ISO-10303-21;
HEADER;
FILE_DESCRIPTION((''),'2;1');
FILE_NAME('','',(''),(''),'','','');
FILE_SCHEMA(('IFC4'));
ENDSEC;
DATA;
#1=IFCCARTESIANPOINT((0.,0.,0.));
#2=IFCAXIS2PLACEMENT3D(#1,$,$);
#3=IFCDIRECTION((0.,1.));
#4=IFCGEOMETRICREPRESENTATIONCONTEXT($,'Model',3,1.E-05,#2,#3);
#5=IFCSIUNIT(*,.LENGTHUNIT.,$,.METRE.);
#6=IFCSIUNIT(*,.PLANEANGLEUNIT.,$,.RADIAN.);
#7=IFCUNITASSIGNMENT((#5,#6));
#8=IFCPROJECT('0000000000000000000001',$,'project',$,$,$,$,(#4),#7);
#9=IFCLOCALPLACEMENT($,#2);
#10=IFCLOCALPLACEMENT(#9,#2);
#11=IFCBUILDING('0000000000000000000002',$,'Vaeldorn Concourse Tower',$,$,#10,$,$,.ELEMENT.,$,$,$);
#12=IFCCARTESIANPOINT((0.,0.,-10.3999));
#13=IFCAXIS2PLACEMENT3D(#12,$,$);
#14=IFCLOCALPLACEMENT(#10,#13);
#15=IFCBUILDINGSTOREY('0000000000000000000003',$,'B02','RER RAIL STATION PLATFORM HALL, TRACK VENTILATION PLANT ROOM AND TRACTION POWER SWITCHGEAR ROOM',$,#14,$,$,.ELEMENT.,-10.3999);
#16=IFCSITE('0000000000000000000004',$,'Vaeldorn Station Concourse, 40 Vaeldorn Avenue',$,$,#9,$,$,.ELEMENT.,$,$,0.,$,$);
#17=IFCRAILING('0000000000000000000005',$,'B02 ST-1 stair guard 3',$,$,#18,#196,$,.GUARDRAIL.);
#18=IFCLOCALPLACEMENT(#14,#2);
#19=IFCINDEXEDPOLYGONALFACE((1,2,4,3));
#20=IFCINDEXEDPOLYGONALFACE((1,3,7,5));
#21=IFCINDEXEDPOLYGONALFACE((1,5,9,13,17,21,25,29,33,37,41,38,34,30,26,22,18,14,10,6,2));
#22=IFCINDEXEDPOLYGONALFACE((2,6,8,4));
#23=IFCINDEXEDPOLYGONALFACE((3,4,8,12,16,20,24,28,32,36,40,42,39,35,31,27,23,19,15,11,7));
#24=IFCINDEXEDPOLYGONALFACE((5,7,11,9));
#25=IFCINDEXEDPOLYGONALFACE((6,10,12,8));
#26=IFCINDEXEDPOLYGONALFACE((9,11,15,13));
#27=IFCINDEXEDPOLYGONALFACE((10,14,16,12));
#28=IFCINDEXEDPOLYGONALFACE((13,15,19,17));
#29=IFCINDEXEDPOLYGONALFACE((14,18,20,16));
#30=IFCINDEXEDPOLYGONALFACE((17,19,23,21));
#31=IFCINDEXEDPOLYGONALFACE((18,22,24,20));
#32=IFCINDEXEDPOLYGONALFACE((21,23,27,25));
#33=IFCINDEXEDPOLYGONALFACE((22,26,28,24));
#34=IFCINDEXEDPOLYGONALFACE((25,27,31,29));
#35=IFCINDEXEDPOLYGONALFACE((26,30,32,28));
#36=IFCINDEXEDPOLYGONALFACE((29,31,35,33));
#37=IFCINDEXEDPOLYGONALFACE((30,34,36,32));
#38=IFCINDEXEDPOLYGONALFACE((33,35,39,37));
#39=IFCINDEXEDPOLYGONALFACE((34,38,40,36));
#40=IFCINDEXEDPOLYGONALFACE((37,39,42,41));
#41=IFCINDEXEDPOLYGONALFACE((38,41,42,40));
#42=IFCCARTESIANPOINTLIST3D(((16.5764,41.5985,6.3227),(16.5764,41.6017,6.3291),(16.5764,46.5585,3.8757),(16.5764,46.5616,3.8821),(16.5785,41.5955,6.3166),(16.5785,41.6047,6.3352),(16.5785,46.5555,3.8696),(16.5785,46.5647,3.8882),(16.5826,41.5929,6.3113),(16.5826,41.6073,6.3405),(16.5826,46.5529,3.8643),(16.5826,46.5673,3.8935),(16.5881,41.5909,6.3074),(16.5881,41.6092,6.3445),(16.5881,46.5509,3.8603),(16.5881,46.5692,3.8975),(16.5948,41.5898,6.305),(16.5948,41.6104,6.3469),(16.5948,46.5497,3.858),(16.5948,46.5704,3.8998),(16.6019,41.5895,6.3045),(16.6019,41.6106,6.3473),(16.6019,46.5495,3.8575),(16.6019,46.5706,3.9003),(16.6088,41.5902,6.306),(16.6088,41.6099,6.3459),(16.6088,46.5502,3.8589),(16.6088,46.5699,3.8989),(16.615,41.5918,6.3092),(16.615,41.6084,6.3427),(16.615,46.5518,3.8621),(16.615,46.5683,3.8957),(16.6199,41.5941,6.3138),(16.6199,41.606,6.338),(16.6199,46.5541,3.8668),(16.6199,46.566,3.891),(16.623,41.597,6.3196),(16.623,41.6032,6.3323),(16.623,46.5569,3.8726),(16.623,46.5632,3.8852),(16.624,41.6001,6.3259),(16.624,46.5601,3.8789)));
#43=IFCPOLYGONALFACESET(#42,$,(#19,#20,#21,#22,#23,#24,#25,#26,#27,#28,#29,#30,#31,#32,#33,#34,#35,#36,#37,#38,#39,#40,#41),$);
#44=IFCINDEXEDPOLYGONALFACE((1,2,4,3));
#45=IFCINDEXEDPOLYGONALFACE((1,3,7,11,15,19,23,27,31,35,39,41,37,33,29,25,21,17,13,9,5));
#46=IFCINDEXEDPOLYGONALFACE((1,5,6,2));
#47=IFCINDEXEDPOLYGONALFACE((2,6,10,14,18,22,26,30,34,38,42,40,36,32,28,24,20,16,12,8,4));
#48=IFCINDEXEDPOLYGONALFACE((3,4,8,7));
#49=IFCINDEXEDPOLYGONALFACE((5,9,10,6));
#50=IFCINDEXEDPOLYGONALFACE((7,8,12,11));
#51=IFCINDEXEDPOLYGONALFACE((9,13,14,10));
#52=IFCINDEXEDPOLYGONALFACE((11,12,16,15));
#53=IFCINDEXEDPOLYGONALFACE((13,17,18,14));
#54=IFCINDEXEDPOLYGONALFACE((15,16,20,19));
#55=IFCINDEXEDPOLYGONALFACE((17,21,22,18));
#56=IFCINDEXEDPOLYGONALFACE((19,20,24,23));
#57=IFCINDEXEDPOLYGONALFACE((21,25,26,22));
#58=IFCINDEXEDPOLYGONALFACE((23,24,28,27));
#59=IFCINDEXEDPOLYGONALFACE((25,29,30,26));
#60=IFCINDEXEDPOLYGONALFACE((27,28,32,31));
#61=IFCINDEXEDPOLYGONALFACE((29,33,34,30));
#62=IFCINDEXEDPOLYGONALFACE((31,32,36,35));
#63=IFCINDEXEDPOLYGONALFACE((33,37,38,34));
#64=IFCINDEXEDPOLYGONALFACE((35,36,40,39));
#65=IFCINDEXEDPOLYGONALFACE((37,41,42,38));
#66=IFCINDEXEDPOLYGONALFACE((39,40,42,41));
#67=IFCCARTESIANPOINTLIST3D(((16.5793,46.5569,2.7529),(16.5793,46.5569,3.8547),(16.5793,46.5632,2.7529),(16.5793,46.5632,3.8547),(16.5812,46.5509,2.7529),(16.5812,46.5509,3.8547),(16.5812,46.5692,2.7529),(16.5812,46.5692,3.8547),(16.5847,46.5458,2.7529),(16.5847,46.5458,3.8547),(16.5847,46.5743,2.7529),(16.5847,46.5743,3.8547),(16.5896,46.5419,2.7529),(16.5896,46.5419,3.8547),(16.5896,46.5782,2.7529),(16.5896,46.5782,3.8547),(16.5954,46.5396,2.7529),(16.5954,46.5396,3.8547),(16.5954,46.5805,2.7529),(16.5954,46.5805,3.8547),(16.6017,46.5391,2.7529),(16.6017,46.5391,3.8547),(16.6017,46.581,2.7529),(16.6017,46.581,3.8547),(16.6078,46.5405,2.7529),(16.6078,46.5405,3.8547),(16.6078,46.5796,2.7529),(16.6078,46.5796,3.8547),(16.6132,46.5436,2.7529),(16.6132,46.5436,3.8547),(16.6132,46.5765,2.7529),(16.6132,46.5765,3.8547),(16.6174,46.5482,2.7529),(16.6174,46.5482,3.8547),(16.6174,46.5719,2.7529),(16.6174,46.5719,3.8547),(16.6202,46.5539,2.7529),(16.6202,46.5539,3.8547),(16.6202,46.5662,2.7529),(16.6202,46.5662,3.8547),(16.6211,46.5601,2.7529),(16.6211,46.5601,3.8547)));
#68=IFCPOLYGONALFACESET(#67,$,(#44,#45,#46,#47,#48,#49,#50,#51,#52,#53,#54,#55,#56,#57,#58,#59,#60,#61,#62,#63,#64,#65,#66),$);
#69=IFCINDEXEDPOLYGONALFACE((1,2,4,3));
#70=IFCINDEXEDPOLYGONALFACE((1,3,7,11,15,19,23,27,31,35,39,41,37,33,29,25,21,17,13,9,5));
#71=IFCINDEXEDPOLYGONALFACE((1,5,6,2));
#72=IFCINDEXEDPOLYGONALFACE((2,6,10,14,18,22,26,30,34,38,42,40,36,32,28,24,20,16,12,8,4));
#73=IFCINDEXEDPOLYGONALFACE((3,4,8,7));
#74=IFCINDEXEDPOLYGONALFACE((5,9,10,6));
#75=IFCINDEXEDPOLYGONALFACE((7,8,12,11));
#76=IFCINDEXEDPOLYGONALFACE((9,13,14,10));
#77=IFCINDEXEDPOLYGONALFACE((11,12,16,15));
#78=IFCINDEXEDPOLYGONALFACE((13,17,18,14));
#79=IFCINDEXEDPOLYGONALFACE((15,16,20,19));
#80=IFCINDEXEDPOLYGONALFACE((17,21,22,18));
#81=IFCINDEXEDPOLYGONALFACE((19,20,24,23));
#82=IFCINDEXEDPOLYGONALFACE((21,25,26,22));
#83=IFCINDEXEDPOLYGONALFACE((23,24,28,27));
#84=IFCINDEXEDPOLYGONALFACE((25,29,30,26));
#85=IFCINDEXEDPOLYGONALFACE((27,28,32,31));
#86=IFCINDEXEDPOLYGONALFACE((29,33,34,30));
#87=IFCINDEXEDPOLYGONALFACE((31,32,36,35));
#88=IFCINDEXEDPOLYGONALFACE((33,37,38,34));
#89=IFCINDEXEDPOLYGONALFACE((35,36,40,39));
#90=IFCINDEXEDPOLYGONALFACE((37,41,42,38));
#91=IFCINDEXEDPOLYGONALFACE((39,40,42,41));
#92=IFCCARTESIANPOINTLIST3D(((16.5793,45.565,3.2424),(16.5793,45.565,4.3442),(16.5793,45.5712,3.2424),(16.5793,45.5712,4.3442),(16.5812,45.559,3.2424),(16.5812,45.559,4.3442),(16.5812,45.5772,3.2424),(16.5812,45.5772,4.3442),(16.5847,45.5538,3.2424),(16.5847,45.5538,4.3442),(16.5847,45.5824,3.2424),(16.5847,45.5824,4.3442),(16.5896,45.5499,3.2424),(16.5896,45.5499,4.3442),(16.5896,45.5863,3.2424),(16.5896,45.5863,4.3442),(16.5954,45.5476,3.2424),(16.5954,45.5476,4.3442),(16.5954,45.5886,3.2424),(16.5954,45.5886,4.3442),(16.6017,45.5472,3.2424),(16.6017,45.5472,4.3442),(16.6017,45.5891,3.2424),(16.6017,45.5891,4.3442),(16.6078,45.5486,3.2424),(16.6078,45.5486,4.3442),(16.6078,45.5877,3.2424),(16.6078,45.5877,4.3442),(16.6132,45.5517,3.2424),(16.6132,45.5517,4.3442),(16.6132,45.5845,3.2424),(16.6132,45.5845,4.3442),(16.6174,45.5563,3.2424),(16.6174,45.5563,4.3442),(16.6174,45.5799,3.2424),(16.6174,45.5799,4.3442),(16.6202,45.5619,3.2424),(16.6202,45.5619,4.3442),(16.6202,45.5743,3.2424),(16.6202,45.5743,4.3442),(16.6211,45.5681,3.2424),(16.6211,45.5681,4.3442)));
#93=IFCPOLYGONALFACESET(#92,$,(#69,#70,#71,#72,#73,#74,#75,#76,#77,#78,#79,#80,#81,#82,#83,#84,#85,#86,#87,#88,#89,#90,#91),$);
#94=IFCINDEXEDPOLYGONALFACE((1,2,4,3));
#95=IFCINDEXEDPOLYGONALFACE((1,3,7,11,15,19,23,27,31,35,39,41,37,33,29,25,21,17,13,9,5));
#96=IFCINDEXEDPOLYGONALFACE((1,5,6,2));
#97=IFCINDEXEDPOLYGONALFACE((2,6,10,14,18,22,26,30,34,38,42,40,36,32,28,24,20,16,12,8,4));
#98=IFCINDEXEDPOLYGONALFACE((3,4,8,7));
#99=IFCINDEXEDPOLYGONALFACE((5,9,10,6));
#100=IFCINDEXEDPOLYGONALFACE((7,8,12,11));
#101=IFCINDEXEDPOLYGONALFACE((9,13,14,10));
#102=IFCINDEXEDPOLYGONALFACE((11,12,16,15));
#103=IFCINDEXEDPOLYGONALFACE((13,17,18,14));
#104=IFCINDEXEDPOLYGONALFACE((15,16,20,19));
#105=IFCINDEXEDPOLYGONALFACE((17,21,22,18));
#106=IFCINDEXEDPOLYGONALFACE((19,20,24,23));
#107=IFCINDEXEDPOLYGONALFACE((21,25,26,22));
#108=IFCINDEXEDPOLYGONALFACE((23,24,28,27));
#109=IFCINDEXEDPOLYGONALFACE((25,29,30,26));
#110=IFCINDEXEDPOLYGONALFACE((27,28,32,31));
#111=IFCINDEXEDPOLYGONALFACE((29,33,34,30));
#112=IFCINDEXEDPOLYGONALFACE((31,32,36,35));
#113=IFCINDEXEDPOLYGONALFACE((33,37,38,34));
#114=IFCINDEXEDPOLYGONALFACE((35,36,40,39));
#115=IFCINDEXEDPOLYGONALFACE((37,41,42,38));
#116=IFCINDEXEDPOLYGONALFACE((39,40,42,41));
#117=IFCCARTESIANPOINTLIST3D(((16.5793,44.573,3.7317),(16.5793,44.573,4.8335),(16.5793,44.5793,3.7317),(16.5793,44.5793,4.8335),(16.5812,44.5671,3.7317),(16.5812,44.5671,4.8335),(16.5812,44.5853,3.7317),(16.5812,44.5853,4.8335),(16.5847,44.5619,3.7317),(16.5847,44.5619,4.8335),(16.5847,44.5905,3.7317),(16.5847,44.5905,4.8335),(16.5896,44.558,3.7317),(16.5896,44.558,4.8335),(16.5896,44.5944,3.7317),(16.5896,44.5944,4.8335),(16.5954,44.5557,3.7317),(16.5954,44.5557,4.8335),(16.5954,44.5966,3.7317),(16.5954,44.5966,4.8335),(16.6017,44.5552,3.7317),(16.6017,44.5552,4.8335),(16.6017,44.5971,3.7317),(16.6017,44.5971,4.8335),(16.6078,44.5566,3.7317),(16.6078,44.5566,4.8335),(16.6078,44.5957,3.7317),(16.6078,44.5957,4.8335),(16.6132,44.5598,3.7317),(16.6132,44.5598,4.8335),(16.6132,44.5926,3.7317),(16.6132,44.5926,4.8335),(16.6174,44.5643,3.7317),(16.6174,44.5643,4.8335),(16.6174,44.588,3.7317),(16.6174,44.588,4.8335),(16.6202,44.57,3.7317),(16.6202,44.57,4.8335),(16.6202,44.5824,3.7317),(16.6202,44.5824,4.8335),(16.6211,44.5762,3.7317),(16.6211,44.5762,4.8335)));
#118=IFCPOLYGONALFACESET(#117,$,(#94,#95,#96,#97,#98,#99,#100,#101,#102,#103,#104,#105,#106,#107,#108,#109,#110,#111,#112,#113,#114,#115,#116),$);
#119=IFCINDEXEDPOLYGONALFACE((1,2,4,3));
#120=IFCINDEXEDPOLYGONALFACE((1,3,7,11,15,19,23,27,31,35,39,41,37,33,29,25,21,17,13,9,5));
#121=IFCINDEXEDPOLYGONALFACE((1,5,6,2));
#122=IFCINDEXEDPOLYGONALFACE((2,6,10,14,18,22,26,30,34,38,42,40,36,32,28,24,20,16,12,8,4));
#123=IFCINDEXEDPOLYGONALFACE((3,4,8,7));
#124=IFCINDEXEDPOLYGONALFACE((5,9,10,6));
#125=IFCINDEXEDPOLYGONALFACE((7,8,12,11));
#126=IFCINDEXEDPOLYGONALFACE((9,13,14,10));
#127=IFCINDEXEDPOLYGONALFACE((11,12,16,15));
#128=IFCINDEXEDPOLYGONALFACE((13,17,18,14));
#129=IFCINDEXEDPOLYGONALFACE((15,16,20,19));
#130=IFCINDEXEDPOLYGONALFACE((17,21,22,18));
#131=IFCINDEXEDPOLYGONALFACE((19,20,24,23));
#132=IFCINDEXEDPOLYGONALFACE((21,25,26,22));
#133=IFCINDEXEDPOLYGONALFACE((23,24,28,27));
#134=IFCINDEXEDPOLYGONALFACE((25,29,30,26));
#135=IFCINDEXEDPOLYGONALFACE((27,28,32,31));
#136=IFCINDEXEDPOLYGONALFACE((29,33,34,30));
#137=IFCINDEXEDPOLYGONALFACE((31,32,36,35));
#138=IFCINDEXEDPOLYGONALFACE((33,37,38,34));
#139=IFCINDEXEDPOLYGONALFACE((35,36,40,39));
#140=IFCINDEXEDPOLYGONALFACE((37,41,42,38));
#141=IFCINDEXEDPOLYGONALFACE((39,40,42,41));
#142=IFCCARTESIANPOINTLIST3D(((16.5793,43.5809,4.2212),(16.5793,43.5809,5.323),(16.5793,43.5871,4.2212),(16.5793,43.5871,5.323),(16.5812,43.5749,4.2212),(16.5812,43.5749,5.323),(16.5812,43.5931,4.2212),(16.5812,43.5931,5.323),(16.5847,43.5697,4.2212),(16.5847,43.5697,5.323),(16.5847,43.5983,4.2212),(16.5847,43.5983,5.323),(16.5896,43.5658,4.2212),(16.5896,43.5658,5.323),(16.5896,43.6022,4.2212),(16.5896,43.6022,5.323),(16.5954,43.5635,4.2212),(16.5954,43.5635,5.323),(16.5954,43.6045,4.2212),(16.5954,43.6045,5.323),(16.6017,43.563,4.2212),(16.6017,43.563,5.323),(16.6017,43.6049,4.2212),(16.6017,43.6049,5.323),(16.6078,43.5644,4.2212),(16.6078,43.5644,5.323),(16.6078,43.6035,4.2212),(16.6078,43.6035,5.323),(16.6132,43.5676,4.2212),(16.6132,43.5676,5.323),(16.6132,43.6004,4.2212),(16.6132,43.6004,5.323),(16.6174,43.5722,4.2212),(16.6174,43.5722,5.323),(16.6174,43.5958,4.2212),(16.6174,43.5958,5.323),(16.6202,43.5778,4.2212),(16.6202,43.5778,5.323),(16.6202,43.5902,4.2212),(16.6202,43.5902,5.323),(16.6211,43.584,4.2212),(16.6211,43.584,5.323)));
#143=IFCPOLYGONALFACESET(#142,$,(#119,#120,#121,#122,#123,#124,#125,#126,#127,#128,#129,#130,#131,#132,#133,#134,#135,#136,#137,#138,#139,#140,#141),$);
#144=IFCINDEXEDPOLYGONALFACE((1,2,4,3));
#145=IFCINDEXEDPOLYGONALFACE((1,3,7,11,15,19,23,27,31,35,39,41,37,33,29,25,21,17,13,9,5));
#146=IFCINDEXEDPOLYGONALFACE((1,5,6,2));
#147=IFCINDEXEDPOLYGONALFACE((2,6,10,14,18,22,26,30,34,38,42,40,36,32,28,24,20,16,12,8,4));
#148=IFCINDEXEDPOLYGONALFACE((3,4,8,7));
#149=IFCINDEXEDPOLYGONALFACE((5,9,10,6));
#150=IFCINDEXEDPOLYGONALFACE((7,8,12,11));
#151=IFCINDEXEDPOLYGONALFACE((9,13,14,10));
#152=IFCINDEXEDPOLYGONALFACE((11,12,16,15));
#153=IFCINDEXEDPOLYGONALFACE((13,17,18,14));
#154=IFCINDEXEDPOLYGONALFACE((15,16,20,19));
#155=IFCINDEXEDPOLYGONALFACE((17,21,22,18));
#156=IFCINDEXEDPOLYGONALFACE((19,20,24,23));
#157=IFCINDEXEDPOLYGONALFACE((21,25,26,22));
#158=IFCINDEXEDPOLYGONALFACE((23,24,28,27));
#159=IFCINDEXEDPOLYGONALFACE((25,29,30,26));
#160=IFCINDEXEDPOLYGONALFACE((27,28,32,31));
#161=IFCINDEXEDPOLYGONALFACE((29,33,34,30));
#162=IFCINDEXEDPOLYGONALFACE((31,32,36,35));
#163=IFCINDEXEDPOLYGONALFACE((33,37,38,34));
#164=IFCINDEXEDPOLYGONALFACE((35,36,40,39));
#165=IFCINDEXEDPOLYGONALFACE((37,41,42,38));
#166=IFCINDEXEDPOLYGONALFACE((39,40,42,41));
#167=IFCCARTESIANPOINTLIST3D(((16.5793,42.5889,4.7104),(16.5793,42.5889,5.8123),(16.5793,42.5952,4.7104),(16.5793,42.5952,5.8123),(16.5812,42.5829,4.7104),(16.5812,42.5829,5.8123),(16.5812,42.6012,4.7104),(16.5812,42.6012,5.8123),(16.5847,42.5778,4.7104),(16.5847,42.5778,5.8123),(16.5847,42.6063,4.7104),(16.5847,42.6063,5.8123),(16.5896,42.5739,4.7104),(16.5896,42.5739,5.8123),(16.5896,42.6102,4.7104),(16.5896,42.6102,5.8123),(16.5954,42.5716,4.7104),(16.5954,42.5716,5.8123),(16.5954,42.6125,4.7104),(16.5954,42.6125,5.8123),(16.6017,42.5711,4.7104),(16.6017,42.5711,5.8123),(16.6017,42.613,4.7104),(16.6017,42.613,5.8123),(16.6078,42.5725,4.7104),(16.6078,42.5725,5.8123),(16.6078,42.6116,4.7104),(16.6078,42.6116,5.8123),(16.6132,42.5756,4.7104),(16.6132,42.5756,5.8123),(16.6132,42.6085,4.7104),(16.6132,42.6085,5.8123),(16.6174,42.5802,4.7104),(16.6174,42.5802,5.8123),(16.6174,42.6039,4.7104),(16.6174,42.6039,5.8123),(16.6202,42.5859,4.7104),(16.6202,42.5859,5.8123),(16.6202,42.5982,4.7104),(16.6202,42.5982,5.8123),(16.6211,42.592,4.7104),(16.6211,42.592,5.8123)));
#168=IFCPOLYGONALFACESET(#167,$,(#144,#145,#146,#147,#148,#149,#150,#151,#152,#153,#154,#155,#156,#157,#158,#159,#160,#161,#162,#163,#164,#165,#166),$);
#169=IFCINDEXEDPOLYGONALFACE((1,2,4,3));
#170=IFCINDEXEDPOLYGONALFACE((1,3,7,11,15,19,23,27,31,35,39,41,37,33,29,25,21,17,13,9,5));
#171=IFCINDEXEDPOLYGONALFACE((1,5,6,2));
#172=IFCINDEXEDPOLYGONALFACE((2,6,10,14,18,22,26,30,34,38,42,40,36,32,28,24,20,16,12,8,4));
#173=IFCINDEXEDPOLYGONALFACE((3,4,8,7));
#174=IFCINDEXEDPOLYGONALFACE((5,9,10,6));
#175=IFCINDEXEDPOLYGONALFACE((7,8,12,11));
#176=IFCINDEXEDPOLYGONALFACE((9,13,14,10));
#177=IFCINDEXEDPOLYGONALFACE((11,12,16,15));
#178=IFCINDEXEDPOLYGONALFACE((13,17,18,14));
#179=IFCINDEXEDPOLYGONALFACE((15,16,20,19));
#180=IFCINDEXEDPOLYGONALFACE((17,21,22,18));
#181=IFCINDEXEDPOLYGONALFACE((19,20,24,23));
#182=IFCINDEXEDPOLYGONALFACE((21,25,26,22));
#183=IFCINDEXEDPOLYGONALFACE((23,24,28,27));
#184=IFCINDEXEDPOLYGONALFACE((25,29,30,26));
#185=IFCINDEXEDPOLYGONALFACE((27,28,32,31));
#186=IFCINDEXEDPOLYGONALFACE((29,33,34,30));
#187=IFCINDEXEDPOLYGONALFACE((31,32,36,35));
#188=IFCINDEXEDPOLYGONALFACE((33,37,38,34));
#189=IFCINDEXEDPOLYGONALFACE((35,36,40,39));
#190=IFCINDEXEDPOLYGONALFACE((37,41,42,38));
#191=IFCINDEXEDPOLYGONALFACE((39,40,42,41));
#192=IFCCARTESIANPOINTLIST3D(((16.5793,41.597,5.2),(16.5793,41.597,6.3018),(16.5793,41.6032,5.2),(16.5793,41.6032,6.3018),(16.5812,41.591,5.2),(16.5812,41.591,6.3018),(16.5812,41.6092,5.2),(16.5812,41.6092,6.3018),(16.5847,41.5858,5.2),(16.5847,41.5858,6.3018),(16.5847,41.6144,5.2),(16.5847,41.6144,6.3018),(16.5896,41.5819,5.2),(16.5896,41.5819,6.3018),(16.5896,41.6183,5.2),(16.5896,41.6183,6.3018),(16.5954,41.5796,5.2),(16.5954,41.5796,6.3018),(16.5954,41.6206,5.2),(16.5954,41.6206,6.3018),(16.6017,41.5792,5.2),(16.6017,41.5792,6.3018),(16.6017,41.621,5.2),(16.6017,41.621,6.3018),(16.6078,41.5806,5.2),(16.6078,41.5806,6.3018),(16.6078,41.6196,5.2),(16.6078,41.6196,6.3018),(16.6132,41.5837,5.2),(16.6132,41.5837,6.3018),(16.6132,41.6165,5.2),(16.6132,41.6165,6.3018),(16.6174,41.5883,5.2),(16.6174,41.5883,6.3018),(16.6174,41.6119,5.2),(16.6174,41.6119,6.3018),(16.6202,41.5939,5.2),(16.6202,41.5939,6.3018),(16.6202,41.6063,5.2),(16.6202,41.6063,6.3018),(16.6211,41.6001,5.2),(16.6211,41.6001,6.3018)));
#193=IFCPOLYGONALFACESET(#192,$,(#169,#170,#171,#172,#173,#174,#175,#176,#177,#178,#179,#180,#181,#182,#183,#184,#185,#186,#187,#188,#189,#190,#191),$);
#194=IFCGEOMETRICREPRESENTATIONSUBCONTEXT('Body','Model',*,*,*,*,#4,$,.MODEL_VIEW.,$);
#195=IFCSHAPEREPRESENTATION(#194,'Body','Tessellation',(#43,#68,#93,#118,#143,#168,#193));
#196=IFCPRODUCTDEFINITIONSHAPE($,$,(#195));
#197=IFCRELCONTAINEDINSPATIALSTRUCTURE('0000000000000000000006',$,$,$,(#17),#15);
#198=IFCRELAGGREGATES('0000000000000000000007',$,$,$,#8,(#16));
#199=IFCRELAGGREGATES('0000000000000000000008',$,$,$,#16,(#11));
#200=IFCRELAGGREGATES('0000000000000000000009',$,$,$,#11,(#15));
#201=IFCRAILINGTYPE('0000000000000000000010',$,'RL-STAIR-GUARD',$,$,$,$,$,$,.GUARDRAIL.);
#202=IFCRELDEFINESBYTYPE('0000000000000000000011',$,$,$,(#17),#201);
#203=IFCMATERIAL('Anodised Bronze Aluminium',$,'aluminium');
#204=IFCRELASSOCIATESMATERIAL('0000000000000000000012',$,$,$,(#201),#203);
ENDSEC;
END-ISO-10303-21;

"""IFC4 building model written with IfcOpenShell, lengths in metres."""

from ifc_helpers import new_model, si_unit, direction, frame, origin, origin_2d, place, context, subcontext, project, spatial, circle, extrude, material, type_object, element, save


model = new_model("IFC4")

# Units and contexts
model_context = context("Model", 3, precision=1e-05, world=origin(), true_north=direction((0.0, 1.0)))
body_context = subcontext(model_context, "Body", "Model", "MODEL_VIEW")
ifc_project = project(units=[si_unit("LENGTHUNIT", "METRE"), si_unit("PLANEANGLEUNIT", "RADIAN")], contexts=[model_context])

# Site, building, storey
site_placement = place(None, origin())
site = spatial("IfcSite", under=ifc_project, at=site_placement, Name="Vaeldorn Station Concourse, 40 Vaeldorn Avenue", CompositionType="ELEMENT", RefElevation=0.0)
building_placement = place(site_placement, origin())
building = spatial("IfcBuilding", under=site, at=building_placement, Name="Vaeldorn Concourse Tower", CompositionType="ELEMENT")
storey_placement = place(building_placement, frame((0.0, 0.0, -10.3999)))
storey = spatial("IfcBuildingStorey", under=building, at=storey_placement, Name="B02", Description="RER RAIL STATION PLATFORM HALL, TRACK VENTILATION PLANT ROOM AND TRACTION POWER SWITCHGEAR ROOM", CompositionType="ELEMENT", Elevation=-10.3999)

# Shared definitions
ifc_material_1 = material(Name="Anodised Bronze Aluminium", Category="aluminium")

# Railing
railing_type_1 = type_object("IfcRailingType", Name="RL-STAIR-GUARD", PredefinedType="GUARDRAIL", material=ifc_material_1)
railing_1_placement = place(storey_placement, frame((16.6001, 46.5601, 2.7529)))
element("IfcRailing", 1, at=railing_1_placement, inside=storey, type_object=railing_type_1, Name="B02 ST-1 stair guard 3", PredefinedType="GUARDRAIL", context=body_context, shape_type="SweptSolid", body=[
    extrude(circle(Radius=0.0239, at=origin_2d()), frame((0.0, 0.0, 1.126), z_axis=(0.0, -0.896798, 0.44244), x_axis=(1.0, 0.0, 0.0)), (0.0, 0.0, 1.0), 5.5308),
    extrude(circle(Radius=0.021, at=origin_2d()), origin(), (0.0, 0.0, 1.0), 1.1018),
    extrude(circle(Radius=0.021, at=origin_2d()), frame((0.0, -0.9919, 0.4895)), (0.0, 0.0, 1.0), 1.1018),
    extrude(circle(Radius=0.021, at=origin_2d()), frame((0.0, -1.9839, 0.9788)), (0.0, 0.0, 1.0), 1.1018),
    extrude(circle(Radius=0.021, at=origin_2d()), frame((0.0, -2.9761, 1.4683)), (0.0, 0.0, 1.0), 1.1018),
    extrude(circle(Radius=0.021, at=origin_2d()), frame((0.0, -3.968, 1.9575)), (0.0, 0.0, 1.0), 1.1018),
    extrude(circle(Radius=0.021, at=origin_2d()), frame((0.0, -4.96, 2.447)), (0.0, 0.0, 1.0), 1.1018),
])

save(model, "model.ifc")
